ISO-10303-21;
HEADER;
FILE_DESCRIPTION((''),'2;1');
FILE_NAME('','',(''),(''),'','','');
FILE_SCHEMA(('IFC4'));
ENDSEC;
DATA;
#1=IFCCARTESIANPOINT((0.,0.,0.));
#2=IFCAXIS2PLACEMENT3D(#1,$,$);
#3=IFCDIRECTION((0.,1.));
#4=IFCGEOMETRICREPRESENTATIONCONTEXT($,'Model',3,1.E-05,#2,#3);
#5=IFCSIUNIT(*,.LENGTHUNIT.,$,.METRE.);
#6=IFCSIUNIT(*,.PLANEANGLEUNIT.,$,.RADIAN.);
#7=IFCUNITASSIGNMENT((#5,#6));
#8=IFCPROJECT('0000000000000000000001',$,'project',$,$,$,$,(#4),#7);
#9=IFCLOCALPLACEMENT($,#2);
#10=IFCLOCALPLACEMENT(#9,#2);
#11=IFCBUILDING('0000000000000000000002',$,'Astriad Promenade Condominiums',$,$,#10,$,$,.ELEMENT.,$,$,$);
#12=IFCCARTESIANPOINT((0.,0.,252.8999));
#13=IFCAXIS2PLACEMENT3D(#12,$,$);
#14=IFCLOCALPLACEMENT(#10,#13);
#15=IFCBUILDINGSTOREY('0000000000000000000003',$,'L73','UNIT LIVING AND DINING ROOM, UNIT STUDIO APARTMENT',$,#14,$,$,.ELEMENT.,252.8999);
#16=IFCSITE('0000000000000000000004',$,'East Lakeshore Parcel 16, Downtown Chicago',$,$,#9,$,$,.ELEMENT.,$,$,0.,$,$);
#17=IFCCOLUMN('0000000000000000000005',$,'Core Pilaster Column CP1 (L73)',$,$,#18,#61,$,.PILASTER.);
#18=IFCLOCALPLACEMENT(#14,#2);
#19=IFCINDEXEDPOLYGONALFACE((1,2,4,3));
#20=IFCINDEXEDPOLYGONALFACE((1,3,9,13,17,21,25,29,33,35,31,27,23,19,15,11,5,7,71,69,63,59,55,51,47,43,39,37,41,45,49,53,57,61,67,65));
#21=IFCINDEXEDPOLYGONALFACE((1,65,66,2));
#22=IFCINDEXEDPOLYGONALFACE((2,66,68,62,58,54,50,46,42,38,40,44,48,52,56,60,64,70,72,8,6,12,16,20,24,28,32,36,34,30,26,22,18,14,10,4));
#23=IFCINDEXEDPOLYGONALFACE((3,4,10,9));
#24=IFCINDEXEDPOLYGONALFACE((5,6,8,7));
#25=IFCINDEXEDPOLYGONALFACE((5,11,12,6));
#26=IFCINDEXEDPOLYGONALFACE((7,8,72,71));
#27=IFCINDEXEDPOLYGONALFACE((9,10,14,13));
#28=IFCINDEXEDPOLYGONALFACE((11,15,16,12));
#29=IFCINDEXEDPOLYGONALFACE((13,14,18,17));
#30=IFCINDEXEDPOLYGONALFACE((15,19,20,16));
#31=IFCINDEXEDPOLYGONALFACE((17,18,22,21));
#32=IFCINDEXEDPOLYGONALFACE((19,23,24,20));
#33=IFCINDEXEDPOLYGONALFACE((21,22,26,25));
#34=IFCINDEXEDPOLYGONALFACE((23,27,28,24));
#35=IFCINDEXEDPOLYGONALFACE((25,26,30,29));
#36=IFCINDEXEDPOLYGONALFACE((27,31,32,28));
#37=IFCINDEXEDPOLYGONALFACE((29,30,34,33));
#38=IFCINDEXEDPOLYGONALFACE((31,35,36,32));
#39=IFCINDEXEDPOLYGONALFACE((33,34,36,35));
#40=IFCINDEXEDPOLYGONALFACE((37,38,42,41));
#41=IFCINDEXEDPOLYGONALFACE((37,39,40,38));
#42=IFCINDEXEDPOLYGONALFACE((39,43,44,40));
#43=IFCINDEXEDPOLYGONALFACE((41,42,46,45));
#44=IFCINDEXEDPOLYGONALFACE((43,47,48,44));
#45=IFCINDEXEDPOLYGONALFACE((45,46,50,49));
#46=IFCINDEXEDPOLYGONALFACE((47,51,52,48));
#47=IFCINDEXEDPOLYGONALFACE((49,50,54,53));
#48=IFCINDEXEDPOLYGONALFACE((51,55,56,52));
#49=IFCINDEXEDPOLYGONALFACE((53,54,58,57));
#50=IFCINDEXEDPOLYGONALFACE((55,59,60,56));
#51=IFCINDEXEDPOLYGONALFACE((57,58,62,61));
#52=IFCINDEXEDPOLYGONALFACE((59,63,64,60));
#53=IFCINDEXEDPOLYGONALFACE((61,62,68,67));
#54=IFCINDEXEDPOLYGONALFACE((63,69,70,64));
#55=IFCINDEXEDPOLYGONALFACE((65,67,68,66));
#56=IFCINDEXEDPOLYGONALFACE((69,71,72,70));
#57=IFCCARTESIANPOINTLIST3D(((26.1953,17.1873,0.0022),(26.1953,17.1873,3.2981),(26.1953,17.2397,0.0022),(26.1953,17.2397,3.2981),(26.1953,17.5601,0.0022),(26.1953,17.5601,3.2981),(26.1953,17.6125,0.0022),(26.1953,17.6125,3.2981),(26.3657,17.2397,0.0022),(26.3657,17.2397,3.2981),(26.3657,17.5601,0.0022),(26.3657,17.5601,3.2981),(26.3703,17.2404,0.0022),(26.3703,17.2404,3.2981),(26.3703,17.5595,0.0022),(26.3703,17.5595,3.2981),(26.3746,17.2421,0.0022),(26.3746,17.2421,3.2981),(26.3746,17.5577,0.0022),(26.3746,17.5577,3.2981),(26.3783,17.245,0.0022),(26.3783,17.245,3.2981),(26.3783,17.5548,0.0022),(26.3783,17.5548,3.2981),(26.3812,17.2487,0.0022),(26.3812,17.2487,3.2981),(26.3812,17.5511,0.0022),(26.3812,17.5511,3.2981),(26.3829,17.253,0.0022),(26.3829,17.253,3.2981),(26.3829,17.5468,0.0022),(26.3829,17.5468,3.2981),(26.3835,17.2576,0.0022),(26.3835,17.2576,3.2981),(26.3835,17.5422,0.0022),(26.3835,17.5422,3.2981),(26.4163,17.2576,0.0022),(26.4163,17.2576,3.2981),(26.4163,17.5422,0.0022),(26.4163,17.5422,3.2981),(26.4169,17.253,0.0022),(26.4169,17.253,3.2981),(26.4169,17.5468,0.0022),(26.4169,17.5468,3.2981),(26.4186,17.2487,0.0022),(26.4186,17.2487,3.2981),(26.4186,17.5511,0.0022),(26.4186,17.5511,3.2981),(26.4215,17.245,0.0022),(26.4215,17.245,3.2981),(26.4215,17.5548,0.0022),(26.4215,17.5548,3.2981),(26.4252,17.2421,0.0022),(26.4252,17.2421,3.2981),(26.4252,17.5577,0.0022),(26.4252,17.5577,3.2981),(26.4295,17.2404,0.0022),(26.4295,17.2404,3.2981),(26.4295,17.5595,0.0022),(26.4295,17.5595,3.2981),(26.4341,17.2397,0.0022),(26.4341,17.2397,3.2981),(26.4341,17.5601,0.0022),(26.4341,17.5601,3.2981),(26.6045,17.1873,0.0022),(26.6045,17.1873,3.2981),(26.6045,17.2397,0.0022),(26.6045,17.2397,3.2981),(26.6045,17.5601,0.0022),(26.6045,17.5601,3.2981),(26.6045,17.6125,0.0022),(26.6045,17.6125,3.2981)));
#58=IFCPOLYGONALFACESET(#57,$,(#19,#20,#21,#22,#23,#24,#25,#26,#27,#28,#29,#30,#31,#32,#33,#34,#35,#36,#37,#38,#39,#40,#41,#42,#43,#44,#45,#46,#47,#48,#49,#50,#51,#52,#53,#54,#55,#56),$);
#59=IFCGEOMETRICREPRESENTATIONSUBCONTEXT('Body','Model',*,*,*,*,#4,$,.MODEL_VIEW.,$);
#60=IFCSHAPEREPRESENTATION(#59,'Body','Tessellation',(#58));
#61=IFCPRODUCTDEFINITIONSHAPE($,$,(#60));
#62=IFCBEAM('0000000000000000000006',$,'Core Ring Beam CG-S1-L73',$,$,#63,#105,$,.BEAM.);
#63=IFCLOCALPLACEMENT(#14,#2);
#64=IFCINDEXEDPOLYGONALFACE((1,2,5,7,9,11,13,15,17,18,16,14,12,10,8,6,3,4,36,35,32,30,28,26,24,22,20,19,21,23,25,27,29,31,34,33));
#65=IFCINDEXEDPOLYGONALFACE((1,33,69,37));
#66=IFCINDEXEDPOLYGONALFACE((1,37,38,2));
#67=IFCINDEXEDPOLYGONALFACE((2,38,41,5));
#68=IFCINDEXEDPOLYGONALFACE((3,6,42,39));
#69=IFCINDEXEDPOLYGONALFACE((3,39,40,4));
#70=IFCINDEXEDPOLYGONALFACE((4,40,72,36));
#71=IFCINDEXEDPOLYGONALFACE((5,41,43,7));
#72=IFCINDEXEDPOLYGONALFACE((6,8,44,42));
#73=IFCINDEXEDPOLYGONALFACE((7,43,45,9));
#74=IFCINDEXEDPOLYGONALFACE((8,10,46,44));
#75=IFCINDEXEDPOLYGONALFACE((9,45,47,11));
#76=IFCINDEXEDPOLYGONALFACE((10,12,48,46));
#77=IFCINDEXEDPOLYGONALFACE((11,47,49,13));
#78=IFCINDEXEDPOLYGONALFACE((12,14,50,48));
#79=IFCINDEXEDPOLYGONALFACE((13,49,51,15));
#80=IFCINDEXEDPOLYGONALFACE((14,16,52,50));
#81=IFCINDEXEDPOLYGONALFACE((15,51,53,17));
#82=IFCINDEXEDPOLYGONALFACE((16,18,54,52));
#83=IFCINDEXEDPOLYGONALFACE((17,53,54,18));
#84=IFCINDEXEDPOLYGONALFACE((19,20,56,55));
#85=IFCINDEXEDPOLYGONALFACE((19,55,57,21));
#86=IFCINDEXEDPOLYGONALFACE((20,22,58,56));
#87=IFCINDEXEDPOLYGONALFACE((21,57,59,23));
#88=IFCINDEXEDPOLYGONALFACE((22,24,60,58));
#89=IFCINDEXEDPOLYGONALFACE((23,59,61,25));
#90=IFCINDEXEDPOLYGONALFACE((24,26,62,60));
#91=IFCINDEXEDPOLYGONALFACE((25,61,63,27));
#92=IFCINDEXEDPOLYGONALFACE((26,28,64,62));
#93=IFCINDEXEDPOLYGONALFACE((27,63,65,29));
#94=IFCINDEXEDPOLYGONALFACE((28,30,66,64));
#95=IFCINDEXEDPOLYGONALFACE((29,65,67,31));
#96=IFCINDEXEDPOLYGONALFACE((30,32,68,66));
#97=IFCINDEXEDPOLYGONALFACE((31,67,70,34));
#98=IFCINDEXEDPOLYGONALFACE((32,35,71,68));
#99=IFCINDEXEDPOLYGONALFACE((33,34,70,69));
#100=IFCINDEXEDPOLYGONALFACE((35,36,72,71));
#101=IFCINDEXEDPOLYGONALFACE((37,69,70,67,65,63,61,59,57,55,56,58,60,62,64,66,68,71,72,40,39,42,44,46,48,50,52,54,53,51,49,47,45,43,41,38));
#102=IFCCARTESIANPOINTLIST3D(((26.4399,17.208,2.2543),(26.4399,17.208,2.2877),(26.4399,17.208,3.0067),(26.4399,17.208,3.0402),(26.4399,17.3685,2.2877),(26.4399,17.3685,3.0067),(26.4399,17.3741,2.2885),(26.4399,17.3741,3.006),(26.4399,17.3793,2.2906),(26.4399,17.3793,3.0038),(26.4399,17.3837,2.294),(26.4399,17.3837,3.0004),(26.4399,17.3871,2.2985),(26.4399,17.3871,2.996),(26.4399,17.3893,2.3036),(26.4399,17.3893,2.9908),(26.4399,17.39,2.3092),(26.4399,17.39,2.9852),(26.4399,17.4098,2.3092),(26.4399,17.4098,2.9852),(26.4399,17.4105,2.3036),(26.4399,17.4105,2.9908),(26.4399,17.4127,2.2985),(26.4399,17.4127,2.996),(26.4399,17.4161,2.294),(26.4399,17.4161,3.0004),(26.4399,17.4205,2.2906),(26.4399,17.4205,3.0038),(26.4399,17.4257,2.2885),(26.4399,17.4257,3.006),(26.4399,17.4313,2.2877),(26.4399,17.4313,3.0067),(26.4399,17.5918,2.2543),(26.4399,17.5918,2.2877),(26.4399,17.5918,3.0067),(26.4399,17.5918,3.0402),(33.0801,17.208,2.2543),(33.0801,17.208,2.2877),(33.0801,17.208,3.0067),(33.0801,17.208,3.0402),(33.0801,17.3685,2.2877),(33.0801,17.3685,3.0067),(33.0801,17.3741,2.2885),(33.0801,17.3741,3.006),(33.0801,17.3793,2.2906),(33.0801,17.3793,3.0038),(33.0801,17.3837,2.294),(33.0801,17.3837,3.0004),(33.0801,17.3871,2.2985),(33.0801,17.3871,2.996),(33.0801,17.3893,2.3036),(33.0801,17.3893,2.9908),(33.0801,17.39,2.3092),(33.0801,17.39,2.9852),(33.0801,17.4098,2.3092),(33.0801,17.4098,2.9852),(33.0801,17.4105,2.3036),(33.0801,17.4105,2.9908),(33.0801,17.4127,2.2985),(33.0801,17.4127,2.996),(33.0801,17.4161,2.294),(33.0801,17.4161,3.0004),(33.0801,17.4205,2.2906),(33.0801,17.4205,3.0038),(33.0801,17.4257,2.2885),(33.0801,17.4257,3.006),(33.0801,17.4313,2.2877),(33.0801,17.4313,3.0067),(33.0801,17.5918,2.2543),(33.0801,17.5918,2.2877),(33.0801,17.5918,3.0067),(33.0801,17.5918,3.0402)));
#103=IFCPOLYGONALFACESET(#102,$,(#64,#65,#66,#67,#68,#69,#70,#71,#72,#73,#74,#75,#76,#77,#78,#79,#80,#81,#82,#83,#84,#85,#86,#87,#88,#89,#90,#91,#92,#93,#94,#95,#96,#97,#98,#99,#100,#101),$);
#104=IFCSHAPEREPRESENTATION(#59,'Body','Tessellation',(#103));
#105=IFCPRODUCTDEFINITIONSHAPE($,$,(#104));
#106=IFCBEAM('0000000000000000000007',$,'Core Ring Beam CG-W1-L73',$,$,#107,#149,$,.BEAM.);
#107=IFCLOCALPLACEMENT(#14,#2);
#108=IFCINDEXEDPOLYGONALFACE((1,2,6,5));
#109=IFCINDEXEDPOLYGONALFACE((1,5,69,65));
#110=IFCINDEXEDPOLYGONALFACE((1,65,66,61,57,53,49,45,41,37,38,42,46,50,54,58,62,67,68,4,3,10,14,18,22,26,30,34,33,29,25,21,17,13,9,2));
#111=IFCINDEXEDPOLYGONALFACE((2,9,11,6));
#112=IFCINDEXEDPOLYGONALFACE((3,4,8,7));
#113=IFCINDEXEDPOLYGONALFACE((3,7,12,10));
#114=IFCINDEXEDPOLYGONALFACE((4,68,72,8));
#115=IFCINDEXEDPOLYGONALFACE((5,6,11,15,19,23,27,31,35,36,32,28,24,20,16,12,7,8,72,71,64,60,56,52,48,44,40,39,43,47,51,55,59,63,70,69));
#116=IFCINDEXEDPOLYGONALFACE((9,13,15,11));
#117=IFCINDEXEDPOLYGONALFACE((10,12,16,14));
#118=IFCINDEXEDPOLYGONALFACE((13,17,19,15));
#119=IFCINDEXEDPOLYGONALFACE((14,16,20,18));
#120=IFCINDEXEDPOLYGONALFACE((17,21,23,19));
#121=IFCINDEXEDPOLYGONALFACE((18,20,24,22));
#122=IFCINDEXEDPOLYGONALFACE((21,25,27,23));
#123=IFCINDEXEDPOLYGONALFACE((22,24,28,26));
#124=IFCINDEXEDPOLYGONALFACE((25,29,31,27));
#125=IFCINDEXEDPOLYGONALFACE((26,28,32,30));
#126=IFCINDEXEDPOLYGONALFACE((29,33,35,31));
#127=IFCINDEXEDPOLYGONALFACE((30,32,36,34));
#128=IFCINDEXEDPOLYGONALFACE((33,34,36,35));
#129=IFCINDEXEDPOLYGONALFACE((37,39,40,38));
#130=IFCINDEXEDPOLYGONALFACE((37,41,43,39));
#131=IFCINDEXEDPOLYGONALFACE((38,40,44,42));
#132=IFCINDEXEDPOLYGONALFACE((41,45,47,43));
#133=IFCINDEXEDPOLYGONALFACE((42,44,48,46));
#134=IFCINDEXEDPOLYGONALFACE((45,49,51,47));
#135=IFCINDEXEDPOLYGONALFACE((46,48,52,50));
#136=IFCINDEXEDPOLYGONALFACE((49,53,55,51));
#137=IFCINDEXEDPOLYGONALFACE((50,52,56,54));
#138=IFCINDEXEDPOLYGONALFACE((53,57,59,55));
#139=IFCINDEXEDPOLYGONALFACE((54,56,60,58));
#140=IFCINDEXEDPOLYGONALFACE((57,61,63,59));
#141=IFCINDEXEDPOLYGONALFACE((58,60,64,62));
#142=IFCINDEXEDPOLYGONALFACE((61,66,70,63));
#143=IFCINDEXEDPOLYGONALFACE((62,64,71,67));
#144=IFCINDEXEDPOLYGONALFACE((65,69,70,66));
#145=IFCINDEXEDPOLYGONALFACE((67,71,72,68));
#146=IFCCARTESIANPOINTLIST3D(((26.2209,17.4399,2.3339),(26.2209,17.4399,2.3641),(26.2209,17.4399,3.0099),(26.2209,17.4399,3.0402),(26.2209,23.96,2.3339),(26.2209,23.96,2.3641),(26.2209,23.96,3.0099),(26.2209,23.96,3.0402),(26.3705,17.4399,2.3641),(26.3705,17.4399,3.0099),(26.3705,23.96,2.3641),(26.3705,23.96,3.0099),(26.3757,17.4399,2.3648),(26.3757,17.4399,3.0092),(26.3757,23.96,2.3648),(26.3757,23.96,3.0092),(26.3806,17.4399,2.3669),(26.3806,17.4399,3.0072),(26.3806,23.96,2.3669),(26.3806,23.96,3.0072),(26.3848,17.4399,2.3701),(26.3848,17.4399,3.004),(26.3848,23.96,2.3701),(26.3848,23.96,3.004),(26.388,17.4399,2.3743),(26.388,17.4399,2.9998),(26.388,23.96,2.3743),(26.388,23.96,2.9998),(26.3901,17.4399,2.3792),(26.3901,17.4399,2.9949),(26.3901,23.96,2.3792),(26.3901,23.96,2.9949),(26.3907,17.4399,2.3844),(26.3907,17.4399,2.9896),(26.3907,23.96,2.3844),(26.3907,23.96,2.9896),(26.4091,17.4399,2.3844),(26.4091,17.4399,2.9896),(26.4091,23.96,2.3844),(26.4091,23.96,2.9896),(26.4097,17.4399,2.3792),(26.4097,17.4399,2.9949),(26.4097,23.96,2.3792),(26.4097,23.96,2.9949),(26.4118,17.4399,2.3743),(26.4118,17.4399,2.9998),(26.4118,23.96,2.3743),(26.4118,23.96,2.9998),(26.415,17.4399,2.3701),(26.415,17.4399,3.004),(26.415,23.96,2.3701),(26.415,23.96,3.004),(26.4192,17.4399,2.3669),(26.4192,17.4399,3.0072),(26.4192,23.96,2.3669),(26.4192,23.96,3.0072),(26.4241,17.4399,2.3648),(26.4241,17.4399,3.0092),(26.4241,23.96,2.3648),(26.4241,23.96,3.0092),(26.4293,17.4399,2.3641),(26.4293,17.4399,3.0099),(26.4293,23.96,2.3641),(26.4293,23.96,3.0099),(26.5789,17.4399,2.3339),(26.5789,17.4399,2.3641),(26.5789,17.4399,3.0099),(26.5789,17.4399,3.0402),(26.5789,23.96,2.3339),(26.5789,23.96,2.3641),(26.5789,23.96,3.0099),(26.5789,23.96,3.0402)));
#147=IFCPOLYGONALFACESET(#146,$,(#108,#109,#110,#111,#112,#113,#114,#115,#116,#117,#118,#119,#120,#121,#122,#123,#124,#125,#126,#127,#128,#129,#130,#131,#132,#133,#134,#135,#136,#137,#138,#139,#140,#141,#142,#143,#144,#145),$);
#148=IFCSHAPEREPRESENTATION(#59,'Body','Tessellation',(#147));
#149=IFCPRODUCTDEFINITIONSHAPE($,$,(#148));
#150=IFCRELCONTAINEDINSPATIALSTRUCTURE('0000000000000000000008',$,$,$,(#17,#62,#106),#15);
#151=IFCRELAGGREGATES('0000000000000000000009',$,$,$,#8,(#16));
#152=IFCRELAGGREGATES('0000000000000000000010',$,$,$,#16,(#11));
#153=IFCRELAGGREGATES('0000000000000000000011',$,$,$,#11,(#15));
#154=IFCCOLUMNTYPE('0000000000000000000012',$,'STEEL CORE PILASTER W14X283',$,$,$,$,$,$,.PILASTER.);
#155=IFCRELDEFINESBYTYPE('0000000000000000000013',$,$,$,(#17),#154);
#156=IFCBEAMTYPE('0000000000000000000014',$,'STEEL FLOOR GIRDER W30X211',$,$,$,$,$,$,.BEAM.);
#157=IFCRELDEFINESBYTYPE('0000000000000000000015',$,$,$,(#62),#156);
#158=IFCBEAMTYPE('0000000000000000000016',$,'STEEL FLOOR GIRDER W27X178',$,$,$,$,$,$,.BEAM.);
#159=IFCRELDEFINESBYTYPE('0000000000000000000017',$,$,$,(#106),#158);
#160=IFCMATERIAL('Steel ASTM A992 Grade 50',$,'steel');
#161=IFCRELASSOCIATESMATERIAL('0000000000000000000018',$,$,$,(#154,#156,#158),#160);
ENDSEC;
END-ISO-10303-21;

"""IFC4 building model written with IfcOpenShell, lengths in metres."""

from ifc_helpers import new_model, si_unit, direction, frame, origin, origin_2d, place, context, subcontext, project, spatial, i_section, extrude, source, transform, mapped, material, material_profile, profile_set, type_object, type_shapes, element, save


model = new_model("IFC4")

# Units and contexts
model_context = context("Model", 3, precision=1e-05, world=origin(), true_north=direction((0.0, 1.0)))
body_context = subcontext(model_context, "Body", "Model", "MODEL_VIEW")
ifc_project = project(units=[si_unit("LENGTHUNIT", "METRE"), si_unit("PLANEANGLEUNIT", "RADIAN")], contexts=[model_context])

# Site, building, storey
site_placement = place(None, origin())
site = spatial("IfcSite", under=ifc_project, at=site_placement, Name="East Lakeshore Parcel 16, Downtown Chicago", CompositionType="ELEMENT", RefElevation=0.0)
building_placement = place(site_placement, origin())
building = spatial("IfcBuilding", under=site, at=building_placement, Name="Astriad Promenade Condominiums", CompositionType="ELEMENT")
storey_placement = place(building_placement, frame((0.0, 0.0, 252.8999)))
storey = spatial("IfcBuildingStorey", under=building, at=storey_placement, Name="L73", Description="UNIT LIVING AND DINING ROOM, UNIT STUDIO APARTMENT", CompositionType="ELEMENT", Elevation=252.8999)

# Column
ifc_material_1 = material(Name="Steel ASTM A992 Grade 50", Category="steel")
ifc_material_profile_1 = material_profile(ifc_material_1, i_section(OverallWidth=0.4092, OverallDepth=0.4253, WebThickness=0.0327, FlangeThickness=0.0525, FilletRadius=0.0178, at=origin_2d()), Name="W14X283")
ifc_profile_set_1 = profile_set([ifc_material_profile_1], Name="Steel ASTM A992 Grade 50")
column_type = type_object("IfcColumnType", Name="STEEL CORE PILASTER W14X283", PredefinedType="PILASTER", material=ifc_profile_set_1)
shared_shape_1 = source(origin(), body_context, "Body", "SweptSolid", [
    extrude(i_section(OverallWidth=0.4092, OverallDepth=0.4253, WebThickness=0.0327, FlangeThickness=0.0525, FilletRadius=0.0178, at=origin_2d()), origin(), (0.0, 0.0, 1.0), 3.2959),
])
type_shapes(column_type, [shared_shape_1])
column_placement = place(storey_placement, frame((26.3999, 17.3999, 0.0022), z_axis=(0.0, 0.0, 1.0), x_axis=(1.0, 0.0, 0.0)))
element("IfcColumn", 1, at=column_placement, inside=storey, type_object=column_type, Name="Core Pilaster Column CP1 (L73)", PredefinedType="PILASTER", context=body_context, shape_type="MappedRepresentation", body=[
    mapped(shared_shape_1, transform((0.0, 0.0, 0.0), scale=1.0)),
])

# Beams
ifc_material_profile_2 = material_profile(ifc_material_1, i_section(OverallWidth=0.3838, OverallDepth=0.7859, WebThickness=0.0198, FlangeThickness=0.0334, FilletRadius=0.0215, at=origin_2d()), Name="W30X211")
ifc_profile_set_2 = profile_set([ifc_material_profile_2], Name="Steel ASTM A992 Grade 50")
beam_type_1 = type_object("IfcBeamType", Name="STEEL FLOOR GIRDER W30X211", PredefinedType="BEAM", material=ifc_profile_set_2)
shared_shape_2 = source(origin(), body_context, "Body", "SweptSolid", [
    extrude(i_section(OverallWidth=0.3838, OverallDepth=0.7859, WebThickness=0.0198, FlangeThickness=0.0334, FilletRadius=0.0215, at=origin_2d()), origin(), (0.0, 0.0, 1.0), 6.6401),
])
type_shapes(beam_type_1, [shared_shape_2])
beam_1_placement = place(storey_placement, frame((26.4399, 17.3999, 2.6472), z_axis=(1.0, 0.0, 0.0), x_axis=(0.0, 1.0, 0.0)))
element("IfcBeam", 2, at=beam_1_placement, inside=storey, type_object=beam_type_1, Name="Core Ring Beam CG-S1-L73", PredefinedType="BEAM", context=body_context, shape_type="MappedRepresentation", body=[
    mapped(shared_shape_2, transform((0.0, 0.0, 0.0), scale=1.0)),
])
ifc_material_profile_3 = material_profile(ifc_material_1, i_section(OverallWidth=0.3579, OverallDepth=0.7063, WebThickness=0.0183, FlangeThickness=0.0303, FilletRadius=0.0203, at=origin_2d()), Name="W27X178")
ifc_profile_set_3 = profile_set([ifc_material_profile_3], Name="Steel ASTM A992 Grade 50")
beam_type_2 = type_object("IfcBeamType", Name="STEEL FLOOR GIRDER W27X178", PredefinedType="BEAM", material=ifc_profile_set_3)
shared_shape_3 = source(origin(), body_context, "Body", "SweptSolid", [
    extrude(i_section(OverallWidth=0.3579, OverallDepth=0.7063, WebThickness=0.0183, FlangeThickness=0.0303, FilletRadius=0.0203, at=origin_2d()), origin(), (0.0, 0.0, 1.0), 6.52),
])
type_shapes(beam_type_2, [shared_shape_3])
beam_2_placement = place(storey_placement, frame((26.3999, 17.4399, 2.687), z_axis=(0.0, 1.0, 0.0), x_axis=(-1.0, 0.0, 0.0)))
element("IfcBeam", 3, at=beam_2_placement, inside=storey, type_object=beam_type_2, Name="Core Ring Beam CG-W1-L73", PredefinedType="BEAM", context=body_context, shape_type="MappedRepresentation", body=[
    mapped(shared_shape_3, transform((0.0, 0.0, 0.0), scale=1.0)),
])

save(model, "model.ifc")
